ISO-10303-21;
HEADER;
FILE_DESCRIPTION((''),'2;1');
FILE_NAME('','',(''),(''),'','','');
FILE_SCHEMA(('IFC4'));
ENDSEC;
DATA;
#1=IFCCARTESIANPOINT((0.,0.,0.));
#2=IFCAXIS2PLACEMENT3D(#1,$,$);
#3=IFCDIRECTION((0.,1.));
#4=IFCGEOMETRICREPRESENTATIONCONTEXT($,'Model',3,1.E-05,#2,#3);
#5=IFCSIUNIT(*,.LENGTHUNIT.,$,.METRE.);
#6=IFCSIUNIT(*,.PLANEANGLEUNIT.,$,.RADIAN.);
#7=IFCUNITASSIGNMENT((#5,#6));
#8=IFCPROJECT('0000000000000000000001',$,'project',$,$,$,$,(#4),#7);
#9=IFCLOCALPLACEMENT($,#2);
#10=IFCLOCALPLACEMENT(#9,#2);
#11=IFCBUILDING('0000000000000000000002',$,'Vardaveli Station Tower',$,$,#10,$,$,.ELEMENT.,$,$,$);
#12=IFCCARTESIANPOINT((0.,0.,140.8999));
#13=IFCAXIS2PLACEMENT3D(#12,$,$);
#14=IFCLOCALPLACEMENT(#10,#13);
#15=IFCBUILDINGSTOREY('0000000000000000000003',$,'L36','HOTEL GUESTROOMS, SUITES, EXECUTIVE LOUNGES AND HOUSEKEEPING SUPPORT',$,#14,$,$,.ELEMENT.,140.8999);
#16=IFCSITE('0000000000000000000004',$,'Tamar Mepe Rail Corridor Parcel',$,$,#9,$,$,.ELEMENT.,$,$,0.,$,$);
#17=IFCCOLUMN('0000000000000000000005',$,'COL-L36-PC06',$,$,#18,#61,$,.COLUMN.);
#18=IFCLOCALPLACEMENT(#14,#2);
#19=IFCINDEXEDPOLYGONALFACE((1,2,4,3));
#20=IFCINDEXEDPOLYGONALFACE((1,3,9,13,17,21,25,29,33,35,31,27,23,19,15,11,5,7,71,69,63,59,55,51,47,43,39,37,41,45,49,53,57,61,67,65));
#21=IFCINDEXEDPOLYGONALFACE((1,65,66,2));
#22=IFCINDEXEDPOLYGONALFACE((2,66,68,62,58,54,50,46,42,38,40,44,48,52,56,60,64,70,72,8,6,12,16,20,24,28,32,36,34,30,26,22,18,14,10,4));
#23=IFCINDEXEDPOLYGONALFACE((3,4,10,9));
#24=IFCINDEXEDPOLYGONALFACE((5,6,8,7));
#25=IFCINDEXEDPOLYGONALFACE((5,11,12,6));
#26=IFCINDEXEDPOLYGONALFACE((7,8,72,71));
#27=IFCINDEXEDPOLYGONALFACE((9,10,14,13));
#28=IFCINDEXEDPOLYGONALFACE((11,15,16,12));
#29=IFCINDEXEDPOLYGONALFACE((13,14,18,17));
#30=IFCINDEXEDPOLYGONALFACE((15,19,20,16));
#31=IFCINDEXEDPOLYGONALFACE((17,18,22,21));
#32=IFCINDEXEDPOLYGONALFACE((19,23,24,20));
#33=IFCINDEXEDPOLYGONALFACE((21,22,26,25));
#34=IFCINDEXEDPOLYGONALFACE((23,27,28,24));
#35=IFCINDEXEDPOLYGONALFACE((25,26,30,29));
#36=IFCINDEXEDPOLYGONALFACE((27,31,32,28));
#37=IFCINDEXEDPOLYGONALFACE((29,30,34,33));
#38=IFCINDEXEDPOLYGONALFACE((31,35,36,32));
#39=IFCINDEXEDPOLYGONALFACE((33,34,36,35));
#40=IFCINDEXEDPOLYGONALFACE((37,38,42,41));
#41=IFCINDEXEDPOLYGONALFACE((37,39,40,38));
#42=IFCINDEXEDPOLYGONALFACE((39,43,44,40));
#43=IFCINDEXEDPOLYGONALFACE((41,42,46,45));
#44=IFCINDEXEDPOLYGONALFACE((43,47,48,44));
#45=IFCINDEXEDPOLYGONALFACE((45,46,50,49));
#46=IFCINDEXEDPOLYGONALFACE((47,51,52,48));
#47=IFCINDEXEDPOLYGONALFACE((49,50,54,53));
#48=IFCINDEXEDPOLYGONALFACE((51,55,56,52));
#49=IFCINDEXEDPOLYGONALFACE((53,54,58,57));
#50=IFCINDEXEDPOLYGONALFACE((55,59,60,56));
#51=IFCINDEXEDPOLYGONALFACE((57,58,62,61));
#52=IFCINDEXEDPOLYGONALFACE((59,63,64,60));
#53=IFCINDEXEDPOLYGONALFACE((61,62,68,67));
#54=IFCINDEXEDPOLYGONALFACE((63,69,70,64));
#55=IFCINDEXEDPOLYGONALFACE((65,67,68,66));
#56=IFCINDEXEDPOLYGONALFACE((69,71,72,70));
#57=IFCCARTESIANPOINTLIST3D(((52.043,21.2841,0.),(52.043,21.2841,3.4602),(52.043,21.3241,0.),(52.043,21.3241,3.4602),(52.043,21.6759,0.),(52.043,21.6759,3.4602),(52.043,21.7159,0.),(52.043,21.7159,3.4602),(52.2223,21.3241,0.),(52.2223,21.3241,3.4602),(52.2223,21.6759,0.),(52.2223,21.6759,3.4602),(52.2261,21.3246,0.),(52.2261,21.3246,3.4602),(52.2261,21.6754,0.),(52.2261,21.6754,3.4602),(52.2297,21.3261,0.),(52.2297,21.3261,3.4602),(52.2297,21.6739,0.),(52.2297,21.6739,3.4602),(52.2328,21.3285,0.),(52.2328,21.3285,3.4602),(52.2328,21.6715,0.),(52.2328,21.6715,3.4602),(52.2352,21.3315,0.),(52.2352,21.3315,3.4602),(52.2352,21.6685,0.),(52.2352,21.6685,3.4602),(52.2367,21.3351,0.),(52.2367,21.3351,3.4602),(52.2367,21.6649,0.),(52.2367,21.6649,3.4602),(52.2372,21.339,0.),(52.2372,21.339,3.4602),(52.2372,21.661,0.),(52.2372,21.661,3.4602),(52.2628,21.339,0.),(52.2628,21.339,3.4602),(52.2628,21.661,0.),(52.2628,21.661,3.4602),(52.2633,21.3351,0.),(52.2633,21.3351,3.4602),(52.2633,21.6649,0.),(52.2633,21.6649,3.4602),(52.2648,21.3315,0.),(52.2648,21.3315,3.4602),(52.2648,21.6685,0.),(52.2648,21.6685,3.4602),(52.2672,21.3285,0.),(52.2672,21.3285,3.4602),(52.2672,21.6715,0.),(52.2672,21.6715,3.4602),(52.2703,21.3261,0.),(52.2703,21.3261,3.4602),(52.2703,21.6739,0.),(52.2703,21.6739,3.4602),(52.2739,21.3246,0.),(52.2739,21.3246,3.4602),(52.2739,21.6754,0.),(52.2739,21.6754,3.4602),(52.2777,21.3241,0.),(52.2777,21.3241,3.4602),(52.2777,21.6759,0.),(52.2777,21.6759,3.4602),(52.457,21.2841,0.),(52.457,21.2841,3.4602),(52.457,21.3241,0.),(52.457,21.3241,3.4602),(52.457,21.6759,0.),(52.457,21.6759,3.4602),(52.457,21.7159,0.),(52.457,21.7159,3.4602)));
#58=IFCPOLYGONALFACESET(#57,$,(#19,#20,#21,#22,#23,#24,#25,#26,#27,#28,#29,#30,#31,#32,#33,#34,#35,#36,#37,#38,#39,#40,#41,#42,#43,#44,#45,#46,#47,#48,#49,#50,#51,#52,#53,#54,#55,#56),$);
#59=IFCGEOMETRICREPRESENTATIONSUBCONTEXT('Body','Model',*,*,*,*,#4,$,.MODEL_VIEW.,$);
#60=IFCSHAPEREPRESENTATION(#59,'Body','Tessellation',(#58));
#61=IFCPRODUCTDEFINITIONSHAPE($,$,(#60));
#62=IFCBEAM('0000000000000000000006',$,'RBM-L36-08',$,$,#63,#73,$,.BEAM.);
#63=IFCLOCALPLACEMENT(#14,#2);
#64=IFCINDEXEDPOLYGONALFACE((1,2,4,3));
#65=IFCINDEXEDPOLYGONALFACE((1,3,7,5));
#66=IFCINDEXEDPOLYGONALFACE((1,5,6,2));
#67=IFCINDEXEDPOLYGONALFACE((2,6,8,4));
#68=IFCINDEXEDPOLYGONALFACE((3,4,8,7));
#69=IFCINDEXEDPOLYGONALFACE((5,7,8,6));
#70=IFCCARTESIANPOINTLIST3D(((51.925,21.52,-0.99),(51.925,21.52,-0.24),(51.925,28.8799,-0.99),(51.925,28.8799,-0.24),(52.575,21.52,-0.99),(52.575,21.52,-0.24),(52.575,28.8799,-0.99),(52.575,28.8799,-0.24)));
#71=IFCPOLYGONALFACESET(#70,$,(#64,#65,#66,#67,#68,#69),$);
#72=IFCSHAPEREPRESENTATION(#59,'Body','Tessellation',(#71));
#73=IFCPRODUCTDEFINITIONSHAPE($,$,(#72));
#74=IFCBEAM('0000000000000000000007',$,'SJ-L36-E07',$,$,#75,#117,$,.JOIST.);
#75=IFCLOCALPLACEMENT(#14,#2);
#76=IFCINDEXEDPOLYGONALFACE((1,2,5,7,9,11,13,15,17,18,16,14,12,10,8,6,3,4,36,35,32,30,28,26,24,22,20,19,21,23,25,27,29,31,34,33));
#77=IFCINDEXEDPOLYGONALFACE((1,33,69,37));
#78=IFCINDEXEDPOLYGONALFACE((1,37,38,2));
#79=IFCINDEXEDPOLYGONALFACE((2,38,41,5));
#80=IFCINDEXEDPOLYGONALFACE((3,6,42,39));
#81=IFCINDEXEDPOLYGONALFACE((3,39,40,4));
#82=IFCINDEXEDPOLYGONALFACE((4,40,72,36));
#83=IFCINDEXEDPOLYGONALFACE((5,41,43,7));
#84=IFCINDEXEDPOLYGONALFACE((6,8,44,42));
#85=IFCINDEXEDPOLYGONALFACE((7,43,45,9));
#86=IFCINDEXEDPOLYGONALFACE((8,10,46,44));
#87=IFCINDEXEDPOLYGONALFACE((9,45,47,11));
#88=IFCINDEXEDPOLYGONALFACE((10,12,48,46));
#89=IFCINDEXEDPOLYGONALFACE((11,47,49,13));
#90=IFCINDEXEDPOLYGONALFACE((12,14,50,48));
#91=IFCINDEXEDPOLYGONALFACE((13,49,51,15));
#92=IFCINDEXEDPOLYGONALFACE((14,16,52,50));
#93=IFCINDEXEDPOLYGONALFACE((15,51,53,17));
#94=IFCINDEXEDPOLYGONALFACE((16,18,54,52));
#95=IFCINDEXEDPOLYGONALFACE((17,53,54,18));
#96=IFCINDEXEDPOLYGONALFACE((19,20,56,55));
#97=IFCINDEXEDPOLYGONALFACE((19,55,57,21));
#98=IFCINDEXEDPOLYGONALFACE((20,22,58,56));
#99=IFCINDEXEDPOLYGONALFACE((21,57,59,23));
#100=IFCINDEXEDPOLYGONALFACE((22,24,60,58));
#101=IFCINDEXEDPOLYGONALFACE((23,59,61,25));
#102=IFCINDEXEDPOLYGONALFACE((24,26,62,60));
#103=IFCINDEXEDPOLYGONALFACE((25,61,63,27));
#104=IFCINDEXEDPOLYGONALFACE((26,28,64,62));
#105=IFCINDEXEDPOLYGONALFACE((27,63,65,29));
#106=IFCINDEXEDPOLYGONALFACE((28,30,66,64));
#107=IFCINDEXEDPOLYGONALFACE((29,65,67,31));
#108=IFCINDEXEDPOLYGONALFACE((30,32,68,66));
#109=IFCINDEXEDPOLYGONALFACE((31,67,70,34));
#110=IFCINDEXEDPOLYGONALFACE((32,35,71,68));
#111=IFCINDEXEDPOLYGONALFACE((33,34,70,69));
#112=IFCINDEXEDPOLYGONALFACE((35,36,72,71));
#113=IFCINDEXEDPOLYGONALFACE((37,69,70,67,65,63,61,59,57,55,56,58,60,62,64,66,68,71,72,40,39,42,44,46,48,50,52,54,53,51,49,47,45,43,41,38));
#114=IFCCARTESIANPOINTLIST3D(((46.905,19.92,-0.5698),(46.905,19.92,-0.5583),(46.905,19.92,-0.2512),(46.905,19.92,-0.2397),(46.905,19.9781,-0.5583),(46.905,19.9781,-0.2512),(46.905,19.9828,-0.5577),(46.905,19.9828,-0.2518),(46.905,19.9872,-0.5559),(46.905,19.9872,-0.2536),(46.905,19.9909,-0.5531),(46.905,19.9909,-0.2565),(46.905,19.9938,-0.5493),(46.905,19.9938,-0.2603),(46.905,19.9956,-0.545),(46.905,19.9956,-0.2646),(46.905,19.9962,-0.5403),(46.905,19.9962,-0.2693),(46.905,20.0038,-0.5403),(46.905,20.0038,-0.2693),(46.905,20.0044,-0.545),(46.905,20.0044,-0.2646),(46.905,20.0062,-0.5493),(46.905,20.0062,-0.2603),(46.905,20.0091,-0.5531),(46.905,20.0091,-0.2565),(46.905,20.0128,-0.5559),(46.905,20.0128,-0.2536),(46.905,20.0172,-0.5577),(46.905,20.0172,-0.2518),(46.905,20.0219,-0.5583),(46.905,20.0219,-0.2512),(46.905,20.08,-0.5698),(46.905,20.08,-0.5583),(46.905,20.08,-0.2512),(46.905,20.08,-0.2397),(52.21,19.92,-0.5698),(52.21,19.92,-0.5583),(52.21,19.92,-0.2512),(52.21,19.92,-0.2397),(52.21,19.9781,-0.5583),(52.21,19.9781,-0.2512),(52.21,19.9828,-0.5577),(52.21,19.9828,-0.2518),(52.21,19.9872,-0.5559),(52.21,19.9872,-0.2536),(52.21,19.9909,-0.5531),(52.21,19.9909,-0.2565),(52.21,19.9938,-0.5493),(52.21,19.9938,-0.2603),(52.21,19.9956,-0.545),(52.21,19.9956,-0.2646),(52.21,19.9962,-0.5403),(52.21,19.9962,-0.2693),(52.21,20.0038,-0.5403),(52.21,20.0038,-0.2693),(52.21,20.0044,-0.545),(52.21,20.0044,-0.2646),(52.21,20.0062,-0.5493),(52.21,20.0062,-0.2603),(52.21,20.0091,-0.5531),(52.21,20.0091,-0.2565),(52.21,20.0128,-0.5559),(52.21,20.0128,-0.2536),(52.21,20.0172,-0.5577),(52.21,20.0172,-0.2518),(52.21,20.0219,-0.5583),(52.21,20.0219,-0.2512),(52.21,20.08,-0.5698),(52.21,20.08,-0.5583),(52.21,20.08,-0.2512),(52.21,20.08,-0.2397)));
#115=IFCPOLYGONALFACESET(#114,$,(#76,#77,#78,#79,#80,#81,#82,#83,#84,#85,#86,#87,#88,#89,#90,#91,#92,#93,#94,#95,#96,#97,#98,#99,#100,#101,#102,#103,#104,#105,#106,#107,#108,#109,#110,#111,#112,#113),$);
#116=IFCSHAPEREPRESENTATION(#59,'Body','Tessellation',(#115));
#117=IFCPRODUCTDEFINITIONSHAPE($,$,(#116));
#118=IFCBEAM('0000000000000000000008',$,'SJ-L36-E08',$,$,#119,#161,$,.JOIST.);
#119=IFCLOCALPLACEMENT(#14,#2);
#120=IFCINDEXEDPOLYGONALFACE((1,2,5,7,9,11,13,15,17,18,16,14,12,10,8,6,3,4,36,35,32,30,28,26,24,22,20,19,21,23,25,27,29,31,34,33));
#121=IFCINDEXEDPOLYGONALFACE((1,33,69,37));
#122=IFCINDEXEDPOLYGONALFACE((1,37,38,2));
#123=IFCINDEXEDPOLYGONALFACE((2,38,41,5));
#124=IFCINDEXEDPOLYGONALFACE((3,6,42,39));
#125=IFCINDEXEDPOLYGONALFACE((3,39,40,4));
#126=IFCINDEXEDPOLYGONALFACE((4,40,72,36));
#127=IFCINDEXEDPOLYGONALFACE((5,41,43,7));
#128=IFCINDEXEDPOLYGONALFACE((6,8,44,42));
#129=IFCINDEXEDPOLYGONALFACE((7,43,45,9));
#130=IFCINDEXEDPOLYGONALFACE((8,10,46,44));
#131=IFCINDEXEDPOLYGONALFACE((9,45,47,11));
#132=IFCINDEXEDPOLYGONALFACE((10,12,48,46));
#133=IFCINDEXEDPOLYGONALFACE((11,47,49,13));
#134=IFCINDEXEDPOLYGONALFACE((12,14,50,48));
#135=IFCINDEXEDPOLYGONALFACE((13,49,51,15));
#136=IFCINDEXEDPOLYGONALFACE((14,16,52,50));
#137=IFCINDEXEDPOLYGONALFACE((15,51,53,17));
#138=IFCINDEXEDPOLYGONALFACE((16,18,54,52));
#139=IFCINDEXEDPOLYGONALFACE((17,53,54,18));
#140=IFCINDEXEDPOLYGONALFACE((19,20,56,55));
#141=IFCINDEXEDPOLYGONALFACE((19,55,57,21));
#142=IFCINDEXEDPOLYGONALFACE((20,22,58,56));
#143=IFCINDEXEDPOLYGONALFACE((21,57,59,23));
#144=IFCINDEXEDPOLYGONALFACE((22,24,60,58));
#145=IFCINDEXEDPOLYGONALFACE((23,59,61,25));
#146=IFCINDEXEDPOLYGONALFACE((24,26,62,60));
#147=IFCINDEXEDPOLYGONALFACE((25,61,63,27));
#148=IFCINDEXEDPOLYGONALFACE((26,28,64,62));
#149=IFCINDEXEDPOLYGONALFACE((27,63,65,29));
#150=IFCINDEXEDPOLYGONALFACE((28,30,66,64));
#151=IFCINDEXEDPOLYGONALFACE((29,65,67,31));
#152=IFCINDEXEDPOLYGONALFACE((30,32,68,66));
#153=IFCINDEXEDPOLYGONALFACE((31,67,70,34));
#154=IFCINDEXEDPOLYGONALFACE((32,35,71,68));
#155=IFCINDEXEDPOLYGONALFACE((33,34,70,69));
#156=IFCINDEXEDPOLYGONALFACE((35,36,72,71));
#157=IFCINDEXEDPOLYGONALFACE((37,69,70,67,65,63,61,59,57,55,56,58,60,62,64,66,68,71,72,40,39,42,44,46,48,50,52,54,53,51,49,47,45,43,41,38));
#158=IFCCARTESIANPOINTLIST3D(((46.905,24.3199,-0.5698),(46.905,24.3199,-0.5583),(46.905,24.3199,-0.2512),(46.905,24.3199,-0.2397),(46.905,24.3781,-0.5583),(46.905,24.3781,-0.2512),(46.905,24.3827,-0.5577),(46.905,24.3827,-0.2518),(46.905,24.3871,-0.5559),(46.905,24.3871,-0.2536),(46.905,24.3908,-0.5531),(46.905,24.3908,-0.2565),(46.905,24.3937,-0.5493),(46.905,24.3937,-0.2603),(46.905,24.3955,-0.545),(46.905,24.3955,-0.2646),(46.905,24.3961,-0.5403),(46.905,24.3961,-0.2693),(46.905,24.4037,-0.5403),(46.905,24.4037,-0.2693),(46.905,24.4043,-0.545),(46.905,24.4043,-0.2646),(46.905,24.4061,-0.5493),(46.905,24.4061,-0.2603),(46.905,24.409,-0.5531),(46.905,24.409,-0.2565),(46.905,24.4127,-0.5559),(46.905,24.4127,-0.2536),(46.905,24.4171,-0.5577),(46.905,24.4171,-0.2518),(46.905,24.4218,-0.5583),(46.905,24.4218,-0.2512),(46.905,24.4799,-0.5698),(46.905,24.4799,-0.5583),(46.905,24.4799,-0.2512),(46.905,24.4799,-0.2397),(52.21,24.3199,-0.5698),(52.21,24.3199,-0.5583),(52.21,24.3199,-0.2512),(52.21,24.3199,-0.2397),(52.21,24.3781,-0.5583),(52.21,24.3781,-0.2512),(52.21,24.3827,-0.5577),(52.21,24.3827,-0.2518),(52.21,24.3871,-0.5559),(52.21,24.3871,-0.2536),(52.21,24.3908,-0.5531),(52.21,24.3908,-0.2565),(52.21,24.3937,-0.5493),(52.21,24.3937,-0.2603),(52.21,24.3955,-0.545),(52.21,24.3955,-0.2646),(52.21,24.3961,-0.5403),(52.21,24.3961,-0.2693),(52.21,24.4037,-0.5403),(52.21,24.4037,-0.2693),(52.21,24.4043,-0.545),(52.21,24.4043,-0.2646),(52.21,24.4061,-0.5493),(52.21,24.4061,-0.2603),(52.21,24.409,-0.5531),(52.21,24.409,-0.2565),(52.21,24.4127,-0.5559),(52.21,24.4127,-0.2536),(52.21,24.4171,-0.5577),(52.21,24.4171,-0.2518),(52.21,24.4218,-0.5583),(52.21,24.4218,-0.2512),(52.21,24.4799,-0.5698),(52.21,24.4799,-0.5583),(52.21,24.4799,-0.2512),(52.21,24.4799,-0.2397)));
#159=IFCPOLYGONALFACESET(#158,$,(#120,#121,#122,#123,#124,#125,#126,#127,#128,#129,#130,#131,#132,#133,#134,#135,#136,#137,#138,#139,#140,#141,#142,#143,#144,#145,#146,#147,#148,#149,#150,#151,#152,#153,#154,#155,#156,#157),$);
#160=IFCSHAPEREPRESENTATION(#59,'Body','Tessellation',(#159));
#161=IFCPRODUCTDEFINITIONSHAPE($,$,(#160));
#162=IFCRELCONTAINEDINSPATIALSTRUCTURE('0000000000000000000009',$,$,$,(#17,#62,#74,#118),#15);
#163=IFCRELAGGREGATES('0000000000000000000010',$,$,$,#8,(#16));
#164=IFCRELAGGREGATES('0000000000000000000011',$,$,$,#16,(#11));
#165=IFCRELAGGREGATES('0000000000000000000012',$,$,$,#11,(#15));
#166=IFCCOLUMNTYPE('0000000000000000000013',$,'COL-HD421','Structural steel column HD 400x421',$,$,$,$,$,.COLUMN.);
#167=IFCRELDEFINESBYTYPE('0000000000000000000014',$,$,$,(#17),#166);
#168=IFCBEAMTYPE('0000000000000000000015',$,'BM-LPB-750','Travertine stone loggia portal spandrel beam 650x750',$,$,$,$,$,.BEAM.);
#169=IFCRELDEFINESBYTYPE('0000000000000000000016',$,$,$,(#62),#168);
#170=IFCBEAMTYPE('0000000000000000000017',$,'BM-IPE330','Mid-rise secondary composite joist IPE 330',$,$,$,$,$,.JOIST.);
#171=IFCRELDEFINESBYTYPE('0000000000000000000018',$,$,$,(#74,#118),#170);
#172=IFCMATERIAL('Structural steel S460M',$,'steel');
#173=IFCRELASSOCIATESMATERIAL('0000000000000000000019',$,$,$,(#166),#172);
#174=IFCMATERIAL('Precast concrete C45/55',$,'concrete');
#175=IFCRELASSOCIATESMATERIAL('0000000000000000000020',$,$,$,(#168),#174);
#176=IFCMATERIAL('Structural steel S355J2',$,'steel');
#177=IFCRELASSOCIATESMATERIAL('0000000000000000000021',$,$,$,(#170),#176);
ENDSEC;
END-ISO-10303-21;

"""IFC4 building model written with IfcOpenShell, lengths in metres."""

from ifc_helpers import new_model, si_unit, direction, frame, origin, origin_2d, place, context, subcontext, project, spatial, rectangle, i_section, extrude, source, transform, mapped, material, material_profile, profile_set, type_object, element, save


model = new_model("IFC4")

# Units and contexts
model_context = context("Model", 3, precision=1e-05, world=origin(), true_north=direction((0.0, 1.0)))
body_context = subcontext(model_context, "Body", "Model", "MODEL_VIEW")
ifc_project = project(units=[si_unit("LENGTHUNIT", "METRE"), si_unit("PLANEANGLEUNIT", "RADIAN")], contexts=[model_context])

# Site, building, storey
site_placement = place(None, origin())
site = spatial("IfcSite", under=ifc_project, at=site_placement, Name="Tamar Mepe Rail Corridor Parcel", CompositionType="ELEMENT", RefElevation=0.0)
building_placement = place(site_placement, origin())
building = spatial("IfcBuilding", under=site, at=building_placement, Name="Vardaveli Station Tower", CompositionType="ELEMENT")
storey_placement = place(building_placement, frame((0.0, 0.0, 140.8999)))
storey = spatial("IfcBuildingStorey", under=building, at=storey_placement, Name="L36", Description="HOTEL GUESTROOMS, SUITES, EXECUTIVE LOUNGES AND HOUSEKEEPING SUPPORT", CompositionType="ELEMENT", Elevation=140.8999)

# Column
ifc_material_1 = material(Name="Structural steel S460M", Category="steel")
ifc_material_profile_1 = material_profile(ifc_material_1, i_section(OverallWidth=0.4141, OverallDepth=0.4319, WebThickness=0.0256, FlangeThickness=0.04, FilletRadius=0.0149, at=origin_2d()), Name="HD 400x421")
ifc_profile_set_1 = profile_set([ifc_material_profile_1], Name="Structural steel S460M")
column_type = type_object("IfcColumnType", Name="COL-HD421", Description="Structural steel column HD 400x421", PredefinedType="COLUMN", material=ifc_profile_set_1)
shared_shape_1 = source(origin(), body_context, "Body", "SweptSolid", [
    extrude(i_section(OverallWidth=0.4141, OverallDepth=0.4319, WebThickness=0.0256, FlangeThickness=0.04, FilletRadius=0.0149, at=origin_2d()), origin(), (0.0, 0.0, 1.0), 3.4602),
])
column_placement = place(storey_placement, frame((52.25, 21.5, 0.0), z_axis=(0.0, 0.0, 1.0), x_axis=(1.0, 0.0, 0.0)))
element("IfcColumn", 1, at=column_placement, inside=storey, type_object=column_type, Name="COL-L36-PC06", PredefinedType="COLUMN", context=body_context, shape_type="MappedRepresentation", body=[
    mapped(shared_shape_1, transform((0.0, 0.0, 0.0), scale=1.0)),
])

# Beams
ifc_material_2 = material(Name="Precast concrete C45/55", Category="concrete")
ifc_material_profile_2 = material_profile(ifc_material_2, rectangle(XDim=0.6499, YDim=0.75, at=origin_2d()), Name="LPB 650x750")
ifc_profile_set_2 = profile_set([ifc_material_profile_2], Name="Precast concrete C45/55")
beam_type_1 = type_object("IfcBeamType", Name="BM-LPB-750", Description="Travertine stone loggia portal spandrel beam 650x750", PredefinedType="BEAM", material=ifc_profile_set_2)
shared_shape_2 = source(origin(), body_context, "Body", "SweptSolid", [
    extrude(rectangle(XDim=0.6499, YDim=0.75, at=origin_2d()), origin(), (0.0, 0.0, 1.0), 7.3599),
])
beam_1_placement = place(storey_placement, frame((52.25, 21.52, -0.615), z_axis=(0.0, 1.0, 0.0), x_axis=(-1.0, 0.0, 0.0)))
element("IfcBeam", 2, at=beam_1_placement, inside=storey, type_object=beam_type_1, Name="RBM-L36-08", PredefinedType="BEAM", context=body_context, shape_type="MappedRepresentation", body=[
    mapped(shared_shape_2, transform((0.0, 0.0, 0.0), scale=1.0)),
])
ifc_material_3 = material(Name="Structural steel S355J2", Category="steel")
ifc_material_profile_3 = material_profile(ifc_material_3, i_section(OverallWidth=0.1599, OverallDepth=0.3301, WebThickness=0.0076, FlangeThickness=0.0115, FilletRadius=0.0181, at=origin_2d()), Name="IPE 330")
ifc_profile_set_3 = profile_set([ifc_material_profile_3], Name="Structural steel S355J2")
beam_type_2 = type_object("IfcBeamType", Name="BM-IPE330", Description="Mid-rise secondary composite joist IPE 330", PredefinedType="JOIST", material=ifc_profile_set_3)
shared_shape_3 = source(origin(), body_context, "Body", "SweptSolid", [
    extrude(i_section(OverallWidth=0.1599, OverallDepth=0.3301, WebThickness=0.0076, FlangeThickness=0.0115, FilletRadius=0.0181, at=origin_2d()), origin(), (0.0, 0.0, 1.0), 5.3049),
])
for number, where, z_axis, x_axis, name in (
    (3, (46.905, 20.0, -0.4048), (1.0, 0.0, 0.0), (0.0, 1.0, 0.0), "SJ-L36-E07"),
    (4, (46.905, 24.3999, -0.4048), (1.0, 0.0, 0.0), (0.0, 1.0, 0.0), "SJ-L36-E08"),
):
    element("IfcBeam", number, at=place(storey_placement, frame(where, z_axis=z_axis, x_axis=x_axis)), inside=storey, type_object=beam_type_2, Name=name, PredefinedType="JOIST", context=body_context, shape_type="MappedRepresentation", body=[
        mapped(shared_shape_3, transform((0.0, 0.0, 0.0), scale=1.0)),
    ])

save(model, "model.ifc")
